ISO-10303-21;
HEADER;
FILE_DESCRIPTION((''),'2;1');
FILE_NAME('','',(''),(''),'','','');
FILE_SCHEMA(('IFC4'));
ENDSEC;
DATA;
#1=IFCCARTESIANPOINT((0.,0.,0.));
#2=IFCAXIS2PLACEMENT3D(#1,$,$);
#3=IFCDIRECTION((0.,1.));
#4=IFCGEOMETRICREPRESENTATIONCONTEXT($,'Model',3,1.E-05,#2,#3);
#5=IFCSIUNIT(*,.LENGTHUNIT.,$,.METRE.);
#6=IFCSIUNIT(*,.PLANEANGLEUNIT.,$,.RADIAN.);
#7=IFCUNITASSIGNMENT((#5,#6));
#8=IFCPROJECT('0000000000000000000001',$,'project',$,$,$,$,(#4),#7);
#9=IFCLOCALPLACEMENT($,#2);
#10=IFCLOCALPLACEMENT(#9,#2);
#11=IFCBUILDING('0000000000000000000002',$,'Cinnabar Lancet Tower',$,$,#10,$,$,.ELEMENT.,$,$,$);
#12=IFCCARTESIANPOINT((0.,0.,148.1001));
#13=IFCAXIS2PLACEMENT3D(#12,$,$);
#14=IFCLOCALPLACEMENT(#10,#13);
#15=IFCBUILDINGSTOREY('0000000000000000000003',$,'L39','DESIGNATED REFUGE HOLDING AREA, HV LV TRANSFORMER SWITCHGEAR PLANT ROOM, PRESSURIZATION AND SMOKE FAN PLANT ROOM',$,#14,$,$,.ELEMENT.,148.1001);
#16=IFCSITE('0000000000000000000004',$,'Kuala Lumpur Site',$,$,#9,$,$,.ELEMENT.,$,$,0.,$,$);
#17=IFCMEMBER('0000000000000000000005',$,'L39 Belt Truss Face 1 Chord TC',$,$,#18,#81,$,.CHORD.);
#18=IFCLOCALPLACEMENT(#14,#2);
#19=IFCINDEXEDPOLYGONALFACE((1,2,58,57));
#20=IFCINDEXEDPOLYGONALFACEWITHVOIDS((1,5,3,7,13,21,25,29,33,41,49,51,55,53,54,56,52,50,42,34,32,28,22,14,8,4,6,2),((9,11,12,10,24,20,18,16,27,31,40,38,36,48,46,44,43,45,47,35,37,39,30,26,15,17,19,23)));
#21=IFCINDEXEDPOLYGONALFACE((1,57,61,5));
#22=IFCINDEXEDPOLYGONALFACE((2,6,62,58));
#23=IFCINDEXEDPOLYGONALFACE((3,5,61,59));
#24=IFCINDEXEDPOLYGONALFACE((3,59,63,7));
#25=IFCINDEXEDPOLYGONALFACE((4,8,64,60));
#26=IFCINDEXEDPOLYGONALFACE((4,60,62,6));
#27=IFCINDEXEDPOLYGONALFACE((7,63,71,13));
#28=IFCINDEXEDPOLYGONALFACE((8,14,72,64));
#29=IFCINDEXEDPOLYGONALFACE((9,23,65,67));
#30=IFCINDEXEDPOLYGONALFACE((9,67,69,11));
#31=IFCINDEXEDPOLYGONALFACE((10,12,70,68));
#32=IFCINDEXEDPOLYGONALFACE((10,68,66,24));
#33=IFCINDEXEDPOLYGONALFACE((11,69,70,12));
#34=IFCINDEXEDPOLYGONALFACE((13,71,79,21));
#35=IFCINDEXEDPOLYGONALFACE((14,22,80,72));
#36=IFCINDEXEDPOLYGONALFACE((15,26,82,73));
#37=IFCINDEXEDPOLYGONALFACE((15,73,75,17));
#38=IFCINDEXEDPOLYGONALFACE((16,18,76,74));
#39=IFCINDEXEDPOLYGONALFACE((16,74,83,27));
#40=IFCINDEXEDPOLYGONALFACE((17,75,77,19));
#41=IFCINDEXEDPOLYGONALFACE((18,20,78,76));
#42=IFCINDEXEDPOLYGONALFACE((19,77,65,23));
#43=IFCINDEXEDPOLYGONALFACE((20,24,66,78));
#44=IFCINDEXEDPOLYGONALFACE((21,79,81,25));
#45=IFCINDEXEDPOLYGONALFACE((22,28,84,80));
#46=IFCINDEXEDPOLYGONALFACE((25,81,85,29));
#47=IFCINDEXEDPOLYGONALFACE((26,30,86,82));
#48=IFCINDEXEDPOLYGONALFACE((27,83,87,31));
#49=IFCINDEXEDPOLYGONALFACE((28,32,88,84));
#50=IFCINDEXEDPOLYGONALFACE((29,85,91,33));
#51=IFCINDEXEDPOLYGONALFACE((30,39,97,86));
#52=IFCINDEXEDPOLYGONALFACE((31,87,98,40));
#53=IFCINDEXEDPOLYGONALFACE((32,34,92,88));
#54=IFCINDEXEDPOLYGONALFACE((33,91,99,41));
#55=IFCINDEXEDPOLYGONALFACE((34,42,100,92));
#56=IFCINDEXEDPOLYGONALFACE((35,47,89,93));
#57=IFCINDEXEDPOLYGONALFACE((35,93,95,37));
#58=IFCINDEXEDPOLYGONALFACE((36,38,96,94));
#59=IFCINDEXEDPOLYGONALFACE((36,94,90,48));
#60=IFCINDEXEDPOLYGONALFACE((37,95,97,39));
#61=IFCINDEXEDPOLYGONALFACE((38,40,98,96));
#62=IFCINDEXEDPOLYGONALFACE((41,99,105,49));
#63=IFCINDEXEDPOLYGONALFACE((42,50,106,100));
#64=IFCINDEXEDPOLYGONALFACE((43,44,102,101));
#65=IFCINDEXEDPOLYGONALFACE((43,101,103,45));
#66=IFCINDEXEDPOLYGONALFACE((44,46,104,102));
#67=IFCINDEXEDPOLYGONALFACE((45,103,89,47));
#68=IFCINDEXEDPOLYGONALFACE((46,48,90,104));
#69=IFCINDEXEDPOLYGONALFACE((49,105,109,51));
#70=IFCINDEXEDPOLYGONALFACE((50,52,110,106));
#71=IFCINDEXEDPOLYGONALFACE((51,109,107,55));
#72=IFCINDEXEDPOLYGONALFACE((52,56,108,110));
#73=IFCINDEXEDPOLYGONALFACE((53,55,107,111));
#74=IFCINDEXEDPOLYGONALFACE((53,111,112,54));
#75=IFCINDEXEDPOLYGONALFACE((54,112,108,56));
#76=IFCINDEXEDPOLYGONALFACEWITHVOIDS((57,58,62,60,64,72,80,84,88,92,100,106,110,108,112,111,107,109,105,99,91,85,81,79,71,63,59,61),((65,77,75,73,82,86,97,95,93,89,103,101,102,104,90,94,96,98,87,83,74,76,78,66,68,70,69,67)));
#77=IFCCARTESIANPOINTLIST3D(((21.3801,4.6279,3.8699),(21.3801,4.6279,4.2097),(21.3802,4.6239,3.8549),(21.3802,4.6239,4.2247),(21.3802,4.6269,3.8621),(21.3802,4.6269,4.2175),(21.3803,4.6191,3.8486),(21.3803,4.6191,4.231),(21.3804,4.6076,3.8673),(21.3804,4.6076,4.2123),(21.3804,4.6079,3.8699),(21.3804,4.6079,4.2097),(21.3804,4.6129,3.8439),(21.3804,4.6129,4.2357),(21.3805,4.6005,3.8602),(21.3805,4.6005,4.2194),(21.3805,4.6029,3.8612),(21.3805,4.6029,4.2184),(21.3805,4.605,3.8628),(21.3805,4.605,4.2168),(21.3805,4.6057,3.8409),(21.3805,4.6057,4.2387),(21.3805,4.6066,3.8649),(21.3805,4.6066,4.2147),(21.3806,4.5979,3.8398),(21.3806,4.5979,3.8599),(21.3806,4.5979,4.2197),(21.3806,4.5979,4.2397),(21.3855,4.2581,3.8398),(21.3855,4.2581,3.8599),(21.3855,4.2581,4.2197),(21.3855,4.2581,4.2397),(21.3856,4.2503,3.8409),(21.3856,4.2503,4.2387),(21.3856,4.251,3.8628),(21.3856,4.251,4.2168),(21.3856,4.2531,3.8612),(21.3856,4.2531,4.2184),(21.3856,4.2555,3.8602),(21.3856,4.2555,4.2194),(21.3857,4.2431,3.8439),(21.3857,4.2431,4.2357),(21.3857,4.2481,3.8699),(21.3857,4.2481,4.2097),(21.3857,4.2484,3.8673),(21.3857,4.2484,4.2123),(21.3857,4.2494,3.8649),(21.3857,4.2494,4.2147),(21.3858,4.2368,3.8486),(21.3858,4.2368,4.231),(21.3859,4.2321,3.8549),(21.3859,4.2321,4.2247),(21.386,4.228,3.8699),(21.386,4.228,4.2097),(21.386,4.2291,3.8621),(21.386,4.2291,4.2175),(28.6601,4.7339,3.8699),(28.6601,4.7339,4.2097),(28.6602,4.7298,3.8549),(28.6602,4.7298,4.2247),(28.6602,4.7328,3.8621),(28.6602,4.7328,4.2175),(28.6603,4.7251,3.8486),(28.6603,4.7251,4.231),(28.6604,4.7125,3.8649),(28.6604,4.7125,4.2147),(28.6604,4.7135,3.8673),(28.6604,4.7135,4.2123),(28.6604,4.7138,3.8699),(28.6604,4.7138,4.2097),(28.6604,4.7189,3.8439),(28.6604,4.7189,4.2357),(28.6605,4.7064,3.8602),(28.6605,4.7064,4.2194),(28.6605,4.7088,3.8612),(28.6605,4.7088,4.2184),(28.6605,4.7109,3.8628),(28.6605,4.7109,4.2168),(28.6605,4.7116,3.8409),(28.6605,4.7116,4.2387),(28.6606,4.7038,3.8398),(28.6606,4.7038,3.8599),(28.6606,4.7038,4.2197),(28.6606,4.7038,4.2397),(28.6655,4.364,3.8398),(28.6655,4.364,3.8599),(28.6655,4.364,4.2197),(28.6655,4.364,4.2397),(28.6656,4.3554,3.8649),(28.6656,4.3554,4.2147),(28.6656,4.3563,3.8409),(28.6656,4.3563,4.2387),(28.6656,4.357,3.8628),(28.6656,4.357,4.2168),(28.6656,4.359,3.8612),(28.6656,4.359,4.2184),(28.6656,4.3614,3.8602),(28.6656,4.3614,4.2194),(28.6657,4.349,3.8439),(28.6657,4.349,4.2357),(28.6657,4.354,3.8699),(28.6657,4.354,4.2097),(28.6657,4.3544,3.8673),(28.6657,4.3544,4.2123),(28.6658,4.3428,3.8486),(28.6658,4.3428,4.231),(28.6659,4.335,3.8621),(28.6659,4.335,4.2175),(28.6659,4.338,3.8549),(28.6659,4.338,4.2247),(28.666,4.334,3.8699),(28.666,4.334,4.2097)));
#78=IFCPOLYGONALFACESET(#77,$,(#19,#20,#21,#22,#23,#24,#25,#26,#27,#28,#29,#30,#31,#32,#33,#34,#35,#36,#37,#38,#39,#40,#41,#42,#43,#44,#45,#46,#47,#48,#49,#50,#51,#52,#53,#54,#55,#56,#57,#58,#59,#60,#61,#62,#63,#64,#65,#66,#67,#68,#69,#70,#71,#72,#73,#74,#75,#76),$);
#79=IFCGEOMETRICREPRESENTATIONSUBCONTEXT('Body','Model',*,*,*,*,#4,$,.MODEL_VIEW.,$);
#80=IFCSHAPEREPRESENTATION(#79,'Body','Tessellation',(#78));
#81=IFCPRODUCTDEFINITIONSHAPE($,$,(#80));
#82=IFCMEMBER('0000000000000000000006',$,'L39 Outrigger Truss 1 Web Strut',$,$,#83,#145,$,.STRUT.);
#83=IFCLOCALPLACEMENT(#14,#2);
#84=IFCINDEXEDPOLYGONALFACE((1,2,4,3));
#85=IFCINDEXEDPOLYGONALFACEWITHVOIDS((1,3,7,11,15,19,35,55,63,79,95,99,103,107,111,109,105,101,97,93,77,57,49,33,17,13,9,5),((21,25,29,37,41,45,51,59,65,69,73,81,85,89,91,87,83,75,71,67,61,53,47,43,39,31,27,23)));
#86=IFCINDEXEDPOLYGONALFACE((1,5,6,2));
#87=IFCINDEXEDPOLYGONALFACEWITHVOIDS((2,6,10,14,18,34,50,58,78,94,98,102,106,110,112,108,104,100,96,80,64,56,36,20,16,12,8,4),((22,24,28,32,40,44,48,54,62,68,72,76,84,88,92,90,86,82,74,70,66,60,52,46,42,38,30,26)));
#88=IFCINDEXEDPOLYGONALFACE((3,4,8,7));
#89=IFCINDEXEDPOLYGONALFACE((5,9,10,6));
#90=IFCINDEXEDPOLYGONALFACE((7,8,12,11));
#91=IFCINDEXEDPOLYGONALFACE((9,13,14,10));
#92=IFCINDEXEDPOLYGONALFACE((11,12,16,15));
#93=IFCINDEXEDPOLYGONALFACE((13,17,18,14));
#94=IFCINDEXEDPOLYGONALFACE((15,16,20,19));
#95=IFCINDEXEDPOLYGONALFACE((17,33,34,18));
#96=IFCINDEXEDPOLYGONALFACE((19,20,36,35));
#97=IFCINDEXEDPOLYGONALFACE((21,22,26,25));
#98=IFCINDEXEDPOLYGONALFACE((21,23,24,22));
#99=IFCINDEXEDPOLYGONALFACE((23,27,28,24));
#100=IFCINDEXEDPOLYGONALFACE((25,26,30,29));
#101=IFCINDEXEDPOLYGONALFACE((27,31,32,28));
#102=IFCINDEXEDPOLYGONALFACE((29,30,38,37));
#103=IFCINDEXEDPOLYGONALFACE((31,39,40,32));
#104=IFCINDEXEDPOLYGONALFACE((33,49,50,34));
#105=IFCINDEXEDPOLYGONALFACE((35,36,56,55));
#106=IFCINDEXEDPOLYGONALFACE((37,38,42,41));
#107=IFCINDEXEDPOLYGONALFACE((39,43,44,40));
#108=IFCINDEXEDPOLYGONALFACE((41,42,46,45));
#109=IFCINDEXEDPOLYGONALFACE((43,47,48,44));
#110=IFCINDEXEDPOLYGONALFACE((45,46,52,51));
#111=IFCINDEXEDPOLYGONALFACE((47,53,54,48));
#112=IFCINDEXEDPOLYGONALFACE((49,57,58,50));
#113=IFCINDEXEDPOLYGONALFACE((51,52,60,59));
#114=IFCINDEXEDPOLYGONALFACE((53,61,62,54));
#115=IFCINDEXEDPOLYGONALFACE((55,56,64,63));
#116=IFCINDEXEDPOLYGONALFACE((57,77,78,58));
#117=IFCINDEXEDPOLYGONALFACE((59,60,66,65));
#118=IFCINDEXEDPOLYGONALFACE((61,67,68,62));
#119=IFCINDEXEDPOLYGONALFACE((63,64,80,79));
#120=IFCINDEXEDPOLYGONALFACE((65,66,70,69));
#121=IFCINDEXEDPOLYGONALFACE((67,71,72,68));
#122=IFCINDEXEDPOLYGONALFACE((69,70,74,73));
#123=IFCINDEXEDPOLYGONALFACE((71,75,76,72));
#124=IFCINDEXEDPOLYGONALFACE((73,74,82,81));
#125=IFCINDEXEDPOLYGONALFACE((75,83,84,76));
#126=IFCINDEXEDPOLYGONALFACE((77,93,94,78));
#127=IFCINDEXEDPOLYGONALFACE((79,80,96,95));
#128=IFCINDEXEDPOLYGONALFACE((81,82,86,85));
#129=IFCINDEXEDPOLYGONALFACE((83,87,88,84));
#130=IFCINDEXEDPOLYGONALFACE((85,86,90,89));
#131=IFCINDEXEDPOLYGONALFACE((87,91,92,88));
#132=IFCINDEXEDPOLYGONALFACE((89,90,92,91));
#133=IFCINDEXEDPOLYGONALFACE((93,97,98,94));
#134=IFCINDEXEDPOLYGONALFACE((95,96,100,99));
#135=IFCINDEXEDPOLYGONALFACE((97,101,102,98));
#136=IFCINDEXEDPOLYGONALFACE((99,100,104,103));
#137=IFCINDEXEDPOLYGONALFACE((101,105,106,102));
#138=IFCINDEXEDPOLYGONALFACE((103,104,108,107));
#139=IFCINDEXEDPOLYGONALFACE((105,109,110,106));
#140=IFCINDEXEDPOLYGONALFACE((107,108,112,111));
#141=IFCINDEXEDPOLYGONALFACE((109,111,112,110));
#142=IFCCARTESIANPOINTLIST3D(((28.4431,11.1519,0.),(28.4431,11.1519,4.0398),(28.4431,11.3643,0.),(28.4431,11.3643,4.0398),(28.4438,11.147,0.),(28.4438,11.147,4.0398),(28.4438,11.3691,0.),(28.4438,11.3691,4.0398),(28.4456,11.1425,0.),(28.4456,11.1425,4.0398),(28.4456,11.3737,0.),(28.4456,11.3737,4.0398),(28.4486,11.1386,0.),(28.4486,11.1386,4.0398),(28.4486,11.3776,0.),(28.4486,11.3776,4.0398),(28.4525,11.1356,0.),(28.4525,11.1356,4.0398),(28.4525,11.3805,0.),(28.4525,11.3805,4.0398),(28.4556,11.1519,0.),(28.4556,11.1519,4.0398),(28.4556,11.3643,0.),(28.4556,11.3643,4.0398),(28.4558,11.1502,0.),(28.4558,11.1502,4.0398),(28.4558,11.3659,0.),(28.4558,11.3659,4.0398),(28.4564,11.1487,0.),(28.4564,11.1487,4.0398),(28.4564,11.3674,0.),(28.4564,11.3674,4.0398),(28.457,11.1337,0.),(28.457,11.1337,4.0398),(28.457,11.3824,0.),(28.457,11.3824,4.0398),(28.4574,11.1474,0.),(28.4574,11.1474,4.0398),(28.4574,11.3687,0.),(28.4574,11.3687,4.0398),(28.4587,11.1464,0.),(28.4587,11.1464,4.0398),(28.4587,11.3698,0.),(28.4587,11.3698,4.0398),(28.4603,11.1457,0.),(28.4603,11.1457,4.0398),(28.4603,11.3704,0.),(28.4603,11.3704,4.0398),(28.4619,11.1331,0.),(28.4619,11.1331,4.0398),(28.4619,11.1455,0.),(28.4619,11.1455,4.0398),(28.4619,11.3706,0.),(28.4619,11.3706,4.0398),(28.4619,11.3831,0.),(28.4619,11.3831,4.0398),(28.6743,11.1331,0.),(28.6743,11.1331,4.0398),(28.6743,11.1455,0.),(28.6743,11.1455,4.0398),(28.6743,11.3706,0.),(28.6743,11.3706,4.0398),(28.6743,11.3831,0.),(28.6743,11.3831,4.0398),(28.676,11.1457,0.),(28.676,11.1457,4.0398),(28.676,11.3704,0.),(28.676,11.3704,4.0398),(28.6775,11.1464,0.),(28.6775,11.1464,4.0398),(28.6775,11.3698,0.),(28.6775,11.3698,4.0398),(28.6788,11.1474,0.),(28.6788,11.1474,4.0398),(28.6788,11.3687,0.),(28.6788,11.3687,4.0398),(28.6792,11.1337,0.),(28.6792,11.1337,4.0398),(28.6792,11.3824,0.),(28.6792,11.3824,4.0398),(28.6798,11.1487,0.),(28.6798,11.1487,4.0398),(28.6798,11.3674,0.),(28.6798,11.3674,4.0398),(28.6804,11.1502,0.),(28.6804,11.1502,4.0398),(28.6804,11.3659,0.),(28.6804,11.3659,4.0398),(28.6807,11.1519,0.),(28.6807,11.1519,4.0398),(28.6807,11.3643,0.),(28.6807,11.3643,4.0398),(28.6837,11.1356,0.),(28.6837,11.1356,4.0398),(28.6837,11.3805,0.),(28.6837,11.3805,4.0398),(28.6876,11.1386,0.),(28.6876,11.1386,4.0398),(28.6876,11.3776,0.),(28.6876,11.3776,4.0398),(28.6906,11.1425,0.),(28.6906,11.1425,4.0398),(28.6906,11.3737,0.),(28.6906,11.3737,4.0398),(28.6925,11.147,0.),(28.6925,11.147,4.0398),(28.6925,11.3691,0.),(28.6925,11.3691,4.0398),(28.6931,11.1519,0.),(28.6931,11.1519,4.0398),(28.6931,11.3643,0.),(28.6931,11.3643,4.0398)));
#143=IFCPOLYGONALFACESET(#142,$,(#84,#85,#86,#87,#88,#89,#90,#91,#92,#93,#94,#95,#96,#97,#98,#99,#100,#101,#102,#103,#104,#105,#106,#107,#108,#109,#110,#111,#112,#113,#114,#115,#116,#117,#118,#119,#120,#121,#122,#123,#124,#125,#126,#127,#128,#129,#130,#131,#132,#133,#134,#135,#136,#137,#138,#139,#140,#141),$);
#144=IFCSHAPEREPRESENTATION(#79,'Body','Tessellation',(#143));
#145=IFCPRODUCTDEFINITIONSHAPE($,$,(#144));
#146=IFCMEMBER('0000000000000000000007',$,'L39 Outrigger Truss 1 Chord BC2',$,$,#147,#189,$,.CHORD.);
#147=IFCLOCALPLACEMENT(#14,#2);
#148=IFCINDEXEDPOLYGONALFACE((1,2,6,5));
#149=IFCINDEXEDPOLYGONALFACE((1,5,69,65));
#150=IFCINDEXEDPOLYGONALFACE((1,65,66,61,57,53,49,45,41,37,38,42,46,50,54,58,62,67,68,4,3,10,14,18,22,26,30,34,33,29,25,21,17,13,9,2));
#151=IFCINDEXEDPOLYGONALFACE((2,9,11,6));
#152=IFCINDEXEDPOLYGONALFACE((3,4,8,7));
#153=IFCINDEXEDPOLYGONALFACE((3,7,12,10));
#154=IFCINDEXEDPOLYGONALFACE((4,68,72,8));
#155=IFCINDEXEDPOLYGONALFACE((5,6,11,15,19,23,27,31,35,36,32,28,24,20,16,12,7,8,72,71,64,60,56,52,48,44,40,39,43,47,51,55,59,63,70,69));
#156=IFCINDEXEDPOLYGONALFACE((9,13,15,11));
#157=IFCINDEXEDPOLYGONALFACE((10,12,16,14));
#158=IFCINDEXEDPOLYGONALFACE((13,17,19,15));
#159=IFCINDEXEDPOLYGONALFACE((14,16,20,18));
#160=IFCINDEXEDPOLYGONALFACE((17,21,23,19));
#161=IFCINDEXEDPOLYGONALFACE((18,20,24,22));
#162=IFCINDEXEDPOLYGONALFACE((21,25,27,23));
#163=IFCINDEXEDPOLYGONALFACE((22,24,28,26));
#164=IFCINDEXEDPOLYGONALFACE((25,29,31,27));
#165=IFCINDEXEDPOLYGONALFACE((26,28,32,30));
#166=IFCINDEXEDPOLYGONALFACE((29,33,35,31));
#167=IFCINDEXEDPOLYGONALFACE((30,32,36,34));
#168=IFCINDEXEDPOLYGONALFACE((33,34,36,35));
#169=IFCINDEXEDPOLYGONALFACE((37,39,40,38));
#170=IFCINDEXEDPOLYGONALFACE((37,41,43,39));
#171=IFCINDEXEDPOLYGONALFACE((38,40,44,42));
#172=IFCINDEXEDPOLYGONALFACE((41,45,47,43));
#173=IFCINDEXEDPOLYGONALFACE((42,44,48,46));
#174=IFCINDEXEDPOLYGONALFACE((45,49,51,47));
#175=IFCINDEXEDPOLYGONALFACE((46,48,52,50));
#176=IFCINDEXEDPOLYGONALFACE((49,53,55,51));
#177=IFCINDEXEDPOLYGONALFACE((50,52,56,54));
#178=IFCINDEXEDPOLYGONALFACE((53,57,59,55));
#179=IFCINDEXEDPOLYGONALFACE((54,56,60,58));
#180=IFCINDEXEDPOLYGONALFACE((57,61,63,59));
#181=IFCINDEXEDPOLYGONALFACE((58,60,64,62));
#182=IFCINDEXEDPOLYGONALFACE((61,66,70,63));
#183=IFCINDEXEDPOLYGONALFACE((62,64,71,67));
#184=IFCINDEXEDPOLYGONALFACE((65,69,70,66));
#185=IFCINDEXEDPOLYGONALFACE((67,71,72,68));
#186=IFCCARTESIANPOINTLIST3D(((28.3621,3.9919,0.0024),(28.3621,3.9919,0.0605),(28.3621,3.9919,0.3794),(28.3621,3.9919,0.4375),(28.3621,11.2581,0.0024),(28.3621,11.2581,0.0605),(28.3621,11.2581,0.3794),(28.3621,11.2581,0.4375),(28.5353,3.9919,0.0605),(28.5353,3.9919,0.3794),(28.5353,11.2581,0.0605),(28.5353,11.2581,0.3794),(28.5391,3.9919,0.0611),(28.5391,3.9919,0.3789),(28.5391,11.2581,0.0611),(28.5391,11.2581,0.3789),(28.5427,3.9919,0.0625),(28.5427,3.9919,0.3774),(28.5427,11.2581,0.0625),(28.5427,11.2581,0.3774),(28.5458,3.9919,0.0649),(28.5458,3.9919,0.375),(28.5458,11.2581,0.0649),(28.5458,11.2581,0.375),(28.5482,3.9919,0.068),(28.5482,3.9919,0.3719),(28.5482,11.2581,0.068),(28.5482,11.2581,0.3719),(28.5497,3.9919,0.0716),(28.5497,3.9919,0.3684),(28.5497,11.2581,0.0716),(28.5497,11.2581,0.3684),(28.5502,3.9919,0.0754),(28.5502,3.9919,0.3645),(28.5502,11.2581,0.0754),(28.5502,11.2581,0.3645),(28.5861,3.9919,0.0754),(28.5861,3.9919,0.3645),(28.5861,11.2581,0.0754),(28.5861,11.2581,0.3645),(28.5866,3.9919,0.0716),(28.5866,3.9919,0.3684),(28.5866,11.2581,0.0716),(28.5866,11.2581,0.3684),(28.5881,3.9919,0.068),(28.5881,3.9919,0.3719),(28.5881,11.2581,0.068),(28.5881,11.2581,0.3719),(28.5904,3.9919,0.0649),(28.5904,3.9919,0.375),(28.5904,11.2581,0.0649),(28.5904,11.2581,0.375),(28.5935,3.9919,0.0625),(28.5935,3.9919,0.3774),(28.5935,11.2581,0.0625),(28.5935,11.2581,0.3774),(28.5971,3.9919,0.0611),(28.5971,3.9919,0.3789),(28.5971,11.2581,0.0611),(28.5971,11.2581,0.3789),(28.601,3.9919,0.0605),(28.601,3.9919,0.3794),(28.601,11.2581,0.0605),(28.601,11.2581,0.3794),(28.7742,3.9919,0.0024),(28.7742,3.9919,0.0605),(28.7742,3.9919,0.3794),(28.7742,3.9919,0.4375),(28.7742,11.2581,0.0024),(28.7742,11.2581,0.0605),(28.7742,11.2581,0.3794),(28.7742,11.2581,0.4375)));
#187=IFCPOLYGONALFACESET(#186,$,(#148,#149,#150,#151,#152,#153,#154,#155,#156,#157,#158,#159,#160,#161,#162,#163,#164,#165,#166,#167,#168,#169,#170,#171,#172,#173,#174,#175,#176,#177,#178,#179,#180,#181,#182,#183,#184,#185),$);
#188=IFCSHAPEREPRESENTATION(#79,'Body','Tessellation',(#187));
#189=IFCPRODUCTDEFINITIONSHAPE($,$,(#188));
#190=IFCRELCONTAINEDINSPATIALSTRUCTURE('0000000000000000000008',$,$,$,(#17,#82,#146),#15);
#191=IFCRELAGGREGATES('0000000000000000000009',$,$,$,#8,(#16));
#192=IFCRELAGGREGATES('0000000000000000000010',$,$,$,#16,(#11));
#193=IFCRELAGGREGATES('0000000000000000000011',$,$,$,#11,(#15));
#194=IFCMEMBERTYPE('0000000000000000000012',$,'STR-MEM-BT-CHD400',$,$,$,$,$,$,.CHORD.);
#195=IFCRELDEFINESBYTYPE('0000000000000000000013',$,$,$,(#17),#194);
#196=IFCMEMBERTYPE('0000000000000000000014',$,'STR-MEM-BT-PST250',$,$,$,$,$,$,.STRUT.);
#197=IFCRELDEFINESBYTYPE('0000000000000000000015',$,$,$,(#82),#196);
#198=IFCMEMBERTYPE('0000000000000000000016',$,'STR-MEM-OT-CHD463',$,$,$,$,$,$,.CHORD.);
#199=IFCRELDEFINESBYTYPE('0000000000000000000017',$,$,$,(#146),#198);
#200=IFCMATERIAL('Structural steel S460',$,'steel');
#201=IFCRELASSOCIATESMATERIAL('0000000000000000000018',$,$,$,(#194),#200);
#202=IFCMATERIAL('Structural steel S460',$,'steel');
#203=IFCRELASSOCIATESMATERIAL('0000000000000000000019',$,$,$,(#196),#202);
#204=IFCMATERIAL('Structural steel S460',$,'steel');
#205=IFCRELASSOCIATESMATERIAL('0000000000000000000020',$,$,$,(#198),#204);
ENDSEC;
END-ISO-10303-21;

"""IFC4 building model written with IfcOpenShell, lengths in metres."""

from ifc_helpers import new_model, si_unit, direction, frame, origin, origin_2d, place, context, subcontext, project, spatial, hollow_rectangle, i_section, extrude, material, material_profile, profile_set, type_object, element, save


model = new_model("IFC4")

# Units and contexts
model_context = context("Model", 3, precision=1e-05, world=origin(), true_north=direction((0.0, 1.0)))
body_context = subcontext(model_context, "Body", "Model", "MODEL_VIEW")
ifc_project = project(units=[si_unit("LENGTHUNIT", "METRE"), si_unit("PLANEANGLEUNIT", "RADIAN")], contexts=[model_context])

# Site, building, storey
site_placement = place(None, origin())
site = spatial("IfcSite", under=ifc_project, at=site_placement, Name="Kuala Lumpur Site", CompositionType="ELEMENT", RefElevation=0.0)
building_placement = place(site_placement, origin())
building = spatial("IfcBuilding", under=site, at=building_placement, Name="Cinnabar Lancet Tower", CompositionType="ELEMENT")
storey_placement = place(building_placement, frame((0.0, 0.0, 148.1001)))
storey = spatial("IfcBuildingStorey", under=building, at=storey_placement, Name="L39", Description="DESIGNATED REFUGE HOLDING AREA, HV LV TRANSFORMER SWITCHGEAR PLANT ROOM, PRESSURIZATION AND SMOKE FAN PLANT ROOM", CompositionType="ELEMENT", Elevation=148.1001)

# Members
ifc_material_1 = material(Name="Structural steel S460", Category="steel")
ifc_material_profile_1 = material_profile(ifc_material_1, hollow_rectangle(XDim=0.3999, YDim=0.3999, WallThickness=0.02, InnerFilletRadius=0.01, OuterFilletRadius=0.03, at=origin_2d()), Name="SHS 400x400x20")
ifc_profile_set_1 = profile_set([ifc_material_profile_1], Name="Structural steel S460")
member_type_1 = type_object("IfcMemberType", Name="STR-MEM-BT-CHD400", PredefinedType="CHORD", material=ifc_profile_set_1)
for number, where, z_axis, x_axis, name in (
    (1, (21.3831, 4.428, 4.0398), (0.999894, 0.014553, 0.0), (-0.014553, 0.999894, 0.0), "L39 Belt Truss Face 1 Chord TC"),
):
    element("IfcMember", number, at=place(storey_placement, frame(where, z_axis=z_axis, x_axis=x_axis)), inside=storey, type_object=member_type_1, Name=name, PredefinedType="CHORD", context=body_context, shape_type="SweptSolid", body=[
        extrude(hollow_rectangle(XDim=0.3999, YDim=0.3999, WallThickness=0.02, InnerFilletRadius=0.01, OuterFilletRadius=0.03, at=origin_2d()), origin(), (0.0, 0.0, 1.0), 7.2808),
    ])
ifc_material_2 = material(Name="Structural steel S460", Category="steel")
ifc_material_profile_2 = material_profile(ifc_material_2, hollow_rectangle(XDim=0.25, YDim=0.25, WallThickness=0.0125, InnerFilletRadius=0.0063, OuterFilletRadius=0.0188, at=origin_2d()), Name="SHS 250x250x12.5")
ifc_profile_set_2 = profile_set([ifc_material_profile_2], Name="Structural steel S460")
member_type_2 = type_object("IfcMemberType", Name="STR-MEM-BT-PST250", PredefinedType="STRUT", material=ifc_profile_set_2)
member_1_placement = place(storey_placement, frame((28.5681, 11.2581, 0.0), z_axis=(0.0, 0.0, 1.0), x_axis=(1.0, 0.0, 0.0)))
element("IfcMember", 2, at=member_1_placement, inside=storey, type_object=member_type_2, Name="L39 Outrigger Truss 1 Web Strut", PredefinedType="STRUT", context=body_context, shape_type="SweptSolid", body=[
    extrude(hollow_rectangle(XDim=0.25, YDim=0.25, WallThickness=0.0125, InnerFilletRadius=0.0063, OuterFilletRadius=0.0188, at=origin_2d()), origin(), (0.0, 0.0, 1.0), 4.0398),
])
ifc_material_3 = material(Name="Structural steel S460", Category="steel")
ifc_material_profile_3 = material_profile(ifc_material_3, i_section(OverallWidth=0.4121, OverallDepth=0.4351, WebThickness=0.0359, FlangeThickness=0.0581, FilletRadius=0.0149, at=origin_2d()), Name="HD 400x463")
ifc_profile_set_3 = profile_set([ifc_material_profile_3], Name="Structural steel S460")
member_type_3 = type_object("IfcMemberType", Name="STR-MEM-OT-CHD463", PredefinedType="CHORD", material=ifc_profile_set_3)
for number, where, z_axis, x_axis, name in (
    (3, (28.5681, 11.2581, 0.22), (0.0, -1.0, 0.0), (1.0, 0.0, 0.0), "L39 Outrigger Truss 1 Chord BC2"),
):
    element("IfcMember", number, at=place(storey_placement, frame(where, z_axis=z_axis, x_axis=x_axis)), inside=storey, type_object=member_type_3, Name=name, PredefinedType="CHORD", context=body_context, shape_type="SweptSolid", body=[
        extrude(i_section(OverallWidth=0.4121, OverallDepth=0.4351, WebThickness=0.0359, FlangeThickness=0.0581, FilletRadius=0.0149, at=origin_2d()), origin(), (0.0, 0.0, 1.0), 7.2661),
    ])

save(model, "model.ifc")
